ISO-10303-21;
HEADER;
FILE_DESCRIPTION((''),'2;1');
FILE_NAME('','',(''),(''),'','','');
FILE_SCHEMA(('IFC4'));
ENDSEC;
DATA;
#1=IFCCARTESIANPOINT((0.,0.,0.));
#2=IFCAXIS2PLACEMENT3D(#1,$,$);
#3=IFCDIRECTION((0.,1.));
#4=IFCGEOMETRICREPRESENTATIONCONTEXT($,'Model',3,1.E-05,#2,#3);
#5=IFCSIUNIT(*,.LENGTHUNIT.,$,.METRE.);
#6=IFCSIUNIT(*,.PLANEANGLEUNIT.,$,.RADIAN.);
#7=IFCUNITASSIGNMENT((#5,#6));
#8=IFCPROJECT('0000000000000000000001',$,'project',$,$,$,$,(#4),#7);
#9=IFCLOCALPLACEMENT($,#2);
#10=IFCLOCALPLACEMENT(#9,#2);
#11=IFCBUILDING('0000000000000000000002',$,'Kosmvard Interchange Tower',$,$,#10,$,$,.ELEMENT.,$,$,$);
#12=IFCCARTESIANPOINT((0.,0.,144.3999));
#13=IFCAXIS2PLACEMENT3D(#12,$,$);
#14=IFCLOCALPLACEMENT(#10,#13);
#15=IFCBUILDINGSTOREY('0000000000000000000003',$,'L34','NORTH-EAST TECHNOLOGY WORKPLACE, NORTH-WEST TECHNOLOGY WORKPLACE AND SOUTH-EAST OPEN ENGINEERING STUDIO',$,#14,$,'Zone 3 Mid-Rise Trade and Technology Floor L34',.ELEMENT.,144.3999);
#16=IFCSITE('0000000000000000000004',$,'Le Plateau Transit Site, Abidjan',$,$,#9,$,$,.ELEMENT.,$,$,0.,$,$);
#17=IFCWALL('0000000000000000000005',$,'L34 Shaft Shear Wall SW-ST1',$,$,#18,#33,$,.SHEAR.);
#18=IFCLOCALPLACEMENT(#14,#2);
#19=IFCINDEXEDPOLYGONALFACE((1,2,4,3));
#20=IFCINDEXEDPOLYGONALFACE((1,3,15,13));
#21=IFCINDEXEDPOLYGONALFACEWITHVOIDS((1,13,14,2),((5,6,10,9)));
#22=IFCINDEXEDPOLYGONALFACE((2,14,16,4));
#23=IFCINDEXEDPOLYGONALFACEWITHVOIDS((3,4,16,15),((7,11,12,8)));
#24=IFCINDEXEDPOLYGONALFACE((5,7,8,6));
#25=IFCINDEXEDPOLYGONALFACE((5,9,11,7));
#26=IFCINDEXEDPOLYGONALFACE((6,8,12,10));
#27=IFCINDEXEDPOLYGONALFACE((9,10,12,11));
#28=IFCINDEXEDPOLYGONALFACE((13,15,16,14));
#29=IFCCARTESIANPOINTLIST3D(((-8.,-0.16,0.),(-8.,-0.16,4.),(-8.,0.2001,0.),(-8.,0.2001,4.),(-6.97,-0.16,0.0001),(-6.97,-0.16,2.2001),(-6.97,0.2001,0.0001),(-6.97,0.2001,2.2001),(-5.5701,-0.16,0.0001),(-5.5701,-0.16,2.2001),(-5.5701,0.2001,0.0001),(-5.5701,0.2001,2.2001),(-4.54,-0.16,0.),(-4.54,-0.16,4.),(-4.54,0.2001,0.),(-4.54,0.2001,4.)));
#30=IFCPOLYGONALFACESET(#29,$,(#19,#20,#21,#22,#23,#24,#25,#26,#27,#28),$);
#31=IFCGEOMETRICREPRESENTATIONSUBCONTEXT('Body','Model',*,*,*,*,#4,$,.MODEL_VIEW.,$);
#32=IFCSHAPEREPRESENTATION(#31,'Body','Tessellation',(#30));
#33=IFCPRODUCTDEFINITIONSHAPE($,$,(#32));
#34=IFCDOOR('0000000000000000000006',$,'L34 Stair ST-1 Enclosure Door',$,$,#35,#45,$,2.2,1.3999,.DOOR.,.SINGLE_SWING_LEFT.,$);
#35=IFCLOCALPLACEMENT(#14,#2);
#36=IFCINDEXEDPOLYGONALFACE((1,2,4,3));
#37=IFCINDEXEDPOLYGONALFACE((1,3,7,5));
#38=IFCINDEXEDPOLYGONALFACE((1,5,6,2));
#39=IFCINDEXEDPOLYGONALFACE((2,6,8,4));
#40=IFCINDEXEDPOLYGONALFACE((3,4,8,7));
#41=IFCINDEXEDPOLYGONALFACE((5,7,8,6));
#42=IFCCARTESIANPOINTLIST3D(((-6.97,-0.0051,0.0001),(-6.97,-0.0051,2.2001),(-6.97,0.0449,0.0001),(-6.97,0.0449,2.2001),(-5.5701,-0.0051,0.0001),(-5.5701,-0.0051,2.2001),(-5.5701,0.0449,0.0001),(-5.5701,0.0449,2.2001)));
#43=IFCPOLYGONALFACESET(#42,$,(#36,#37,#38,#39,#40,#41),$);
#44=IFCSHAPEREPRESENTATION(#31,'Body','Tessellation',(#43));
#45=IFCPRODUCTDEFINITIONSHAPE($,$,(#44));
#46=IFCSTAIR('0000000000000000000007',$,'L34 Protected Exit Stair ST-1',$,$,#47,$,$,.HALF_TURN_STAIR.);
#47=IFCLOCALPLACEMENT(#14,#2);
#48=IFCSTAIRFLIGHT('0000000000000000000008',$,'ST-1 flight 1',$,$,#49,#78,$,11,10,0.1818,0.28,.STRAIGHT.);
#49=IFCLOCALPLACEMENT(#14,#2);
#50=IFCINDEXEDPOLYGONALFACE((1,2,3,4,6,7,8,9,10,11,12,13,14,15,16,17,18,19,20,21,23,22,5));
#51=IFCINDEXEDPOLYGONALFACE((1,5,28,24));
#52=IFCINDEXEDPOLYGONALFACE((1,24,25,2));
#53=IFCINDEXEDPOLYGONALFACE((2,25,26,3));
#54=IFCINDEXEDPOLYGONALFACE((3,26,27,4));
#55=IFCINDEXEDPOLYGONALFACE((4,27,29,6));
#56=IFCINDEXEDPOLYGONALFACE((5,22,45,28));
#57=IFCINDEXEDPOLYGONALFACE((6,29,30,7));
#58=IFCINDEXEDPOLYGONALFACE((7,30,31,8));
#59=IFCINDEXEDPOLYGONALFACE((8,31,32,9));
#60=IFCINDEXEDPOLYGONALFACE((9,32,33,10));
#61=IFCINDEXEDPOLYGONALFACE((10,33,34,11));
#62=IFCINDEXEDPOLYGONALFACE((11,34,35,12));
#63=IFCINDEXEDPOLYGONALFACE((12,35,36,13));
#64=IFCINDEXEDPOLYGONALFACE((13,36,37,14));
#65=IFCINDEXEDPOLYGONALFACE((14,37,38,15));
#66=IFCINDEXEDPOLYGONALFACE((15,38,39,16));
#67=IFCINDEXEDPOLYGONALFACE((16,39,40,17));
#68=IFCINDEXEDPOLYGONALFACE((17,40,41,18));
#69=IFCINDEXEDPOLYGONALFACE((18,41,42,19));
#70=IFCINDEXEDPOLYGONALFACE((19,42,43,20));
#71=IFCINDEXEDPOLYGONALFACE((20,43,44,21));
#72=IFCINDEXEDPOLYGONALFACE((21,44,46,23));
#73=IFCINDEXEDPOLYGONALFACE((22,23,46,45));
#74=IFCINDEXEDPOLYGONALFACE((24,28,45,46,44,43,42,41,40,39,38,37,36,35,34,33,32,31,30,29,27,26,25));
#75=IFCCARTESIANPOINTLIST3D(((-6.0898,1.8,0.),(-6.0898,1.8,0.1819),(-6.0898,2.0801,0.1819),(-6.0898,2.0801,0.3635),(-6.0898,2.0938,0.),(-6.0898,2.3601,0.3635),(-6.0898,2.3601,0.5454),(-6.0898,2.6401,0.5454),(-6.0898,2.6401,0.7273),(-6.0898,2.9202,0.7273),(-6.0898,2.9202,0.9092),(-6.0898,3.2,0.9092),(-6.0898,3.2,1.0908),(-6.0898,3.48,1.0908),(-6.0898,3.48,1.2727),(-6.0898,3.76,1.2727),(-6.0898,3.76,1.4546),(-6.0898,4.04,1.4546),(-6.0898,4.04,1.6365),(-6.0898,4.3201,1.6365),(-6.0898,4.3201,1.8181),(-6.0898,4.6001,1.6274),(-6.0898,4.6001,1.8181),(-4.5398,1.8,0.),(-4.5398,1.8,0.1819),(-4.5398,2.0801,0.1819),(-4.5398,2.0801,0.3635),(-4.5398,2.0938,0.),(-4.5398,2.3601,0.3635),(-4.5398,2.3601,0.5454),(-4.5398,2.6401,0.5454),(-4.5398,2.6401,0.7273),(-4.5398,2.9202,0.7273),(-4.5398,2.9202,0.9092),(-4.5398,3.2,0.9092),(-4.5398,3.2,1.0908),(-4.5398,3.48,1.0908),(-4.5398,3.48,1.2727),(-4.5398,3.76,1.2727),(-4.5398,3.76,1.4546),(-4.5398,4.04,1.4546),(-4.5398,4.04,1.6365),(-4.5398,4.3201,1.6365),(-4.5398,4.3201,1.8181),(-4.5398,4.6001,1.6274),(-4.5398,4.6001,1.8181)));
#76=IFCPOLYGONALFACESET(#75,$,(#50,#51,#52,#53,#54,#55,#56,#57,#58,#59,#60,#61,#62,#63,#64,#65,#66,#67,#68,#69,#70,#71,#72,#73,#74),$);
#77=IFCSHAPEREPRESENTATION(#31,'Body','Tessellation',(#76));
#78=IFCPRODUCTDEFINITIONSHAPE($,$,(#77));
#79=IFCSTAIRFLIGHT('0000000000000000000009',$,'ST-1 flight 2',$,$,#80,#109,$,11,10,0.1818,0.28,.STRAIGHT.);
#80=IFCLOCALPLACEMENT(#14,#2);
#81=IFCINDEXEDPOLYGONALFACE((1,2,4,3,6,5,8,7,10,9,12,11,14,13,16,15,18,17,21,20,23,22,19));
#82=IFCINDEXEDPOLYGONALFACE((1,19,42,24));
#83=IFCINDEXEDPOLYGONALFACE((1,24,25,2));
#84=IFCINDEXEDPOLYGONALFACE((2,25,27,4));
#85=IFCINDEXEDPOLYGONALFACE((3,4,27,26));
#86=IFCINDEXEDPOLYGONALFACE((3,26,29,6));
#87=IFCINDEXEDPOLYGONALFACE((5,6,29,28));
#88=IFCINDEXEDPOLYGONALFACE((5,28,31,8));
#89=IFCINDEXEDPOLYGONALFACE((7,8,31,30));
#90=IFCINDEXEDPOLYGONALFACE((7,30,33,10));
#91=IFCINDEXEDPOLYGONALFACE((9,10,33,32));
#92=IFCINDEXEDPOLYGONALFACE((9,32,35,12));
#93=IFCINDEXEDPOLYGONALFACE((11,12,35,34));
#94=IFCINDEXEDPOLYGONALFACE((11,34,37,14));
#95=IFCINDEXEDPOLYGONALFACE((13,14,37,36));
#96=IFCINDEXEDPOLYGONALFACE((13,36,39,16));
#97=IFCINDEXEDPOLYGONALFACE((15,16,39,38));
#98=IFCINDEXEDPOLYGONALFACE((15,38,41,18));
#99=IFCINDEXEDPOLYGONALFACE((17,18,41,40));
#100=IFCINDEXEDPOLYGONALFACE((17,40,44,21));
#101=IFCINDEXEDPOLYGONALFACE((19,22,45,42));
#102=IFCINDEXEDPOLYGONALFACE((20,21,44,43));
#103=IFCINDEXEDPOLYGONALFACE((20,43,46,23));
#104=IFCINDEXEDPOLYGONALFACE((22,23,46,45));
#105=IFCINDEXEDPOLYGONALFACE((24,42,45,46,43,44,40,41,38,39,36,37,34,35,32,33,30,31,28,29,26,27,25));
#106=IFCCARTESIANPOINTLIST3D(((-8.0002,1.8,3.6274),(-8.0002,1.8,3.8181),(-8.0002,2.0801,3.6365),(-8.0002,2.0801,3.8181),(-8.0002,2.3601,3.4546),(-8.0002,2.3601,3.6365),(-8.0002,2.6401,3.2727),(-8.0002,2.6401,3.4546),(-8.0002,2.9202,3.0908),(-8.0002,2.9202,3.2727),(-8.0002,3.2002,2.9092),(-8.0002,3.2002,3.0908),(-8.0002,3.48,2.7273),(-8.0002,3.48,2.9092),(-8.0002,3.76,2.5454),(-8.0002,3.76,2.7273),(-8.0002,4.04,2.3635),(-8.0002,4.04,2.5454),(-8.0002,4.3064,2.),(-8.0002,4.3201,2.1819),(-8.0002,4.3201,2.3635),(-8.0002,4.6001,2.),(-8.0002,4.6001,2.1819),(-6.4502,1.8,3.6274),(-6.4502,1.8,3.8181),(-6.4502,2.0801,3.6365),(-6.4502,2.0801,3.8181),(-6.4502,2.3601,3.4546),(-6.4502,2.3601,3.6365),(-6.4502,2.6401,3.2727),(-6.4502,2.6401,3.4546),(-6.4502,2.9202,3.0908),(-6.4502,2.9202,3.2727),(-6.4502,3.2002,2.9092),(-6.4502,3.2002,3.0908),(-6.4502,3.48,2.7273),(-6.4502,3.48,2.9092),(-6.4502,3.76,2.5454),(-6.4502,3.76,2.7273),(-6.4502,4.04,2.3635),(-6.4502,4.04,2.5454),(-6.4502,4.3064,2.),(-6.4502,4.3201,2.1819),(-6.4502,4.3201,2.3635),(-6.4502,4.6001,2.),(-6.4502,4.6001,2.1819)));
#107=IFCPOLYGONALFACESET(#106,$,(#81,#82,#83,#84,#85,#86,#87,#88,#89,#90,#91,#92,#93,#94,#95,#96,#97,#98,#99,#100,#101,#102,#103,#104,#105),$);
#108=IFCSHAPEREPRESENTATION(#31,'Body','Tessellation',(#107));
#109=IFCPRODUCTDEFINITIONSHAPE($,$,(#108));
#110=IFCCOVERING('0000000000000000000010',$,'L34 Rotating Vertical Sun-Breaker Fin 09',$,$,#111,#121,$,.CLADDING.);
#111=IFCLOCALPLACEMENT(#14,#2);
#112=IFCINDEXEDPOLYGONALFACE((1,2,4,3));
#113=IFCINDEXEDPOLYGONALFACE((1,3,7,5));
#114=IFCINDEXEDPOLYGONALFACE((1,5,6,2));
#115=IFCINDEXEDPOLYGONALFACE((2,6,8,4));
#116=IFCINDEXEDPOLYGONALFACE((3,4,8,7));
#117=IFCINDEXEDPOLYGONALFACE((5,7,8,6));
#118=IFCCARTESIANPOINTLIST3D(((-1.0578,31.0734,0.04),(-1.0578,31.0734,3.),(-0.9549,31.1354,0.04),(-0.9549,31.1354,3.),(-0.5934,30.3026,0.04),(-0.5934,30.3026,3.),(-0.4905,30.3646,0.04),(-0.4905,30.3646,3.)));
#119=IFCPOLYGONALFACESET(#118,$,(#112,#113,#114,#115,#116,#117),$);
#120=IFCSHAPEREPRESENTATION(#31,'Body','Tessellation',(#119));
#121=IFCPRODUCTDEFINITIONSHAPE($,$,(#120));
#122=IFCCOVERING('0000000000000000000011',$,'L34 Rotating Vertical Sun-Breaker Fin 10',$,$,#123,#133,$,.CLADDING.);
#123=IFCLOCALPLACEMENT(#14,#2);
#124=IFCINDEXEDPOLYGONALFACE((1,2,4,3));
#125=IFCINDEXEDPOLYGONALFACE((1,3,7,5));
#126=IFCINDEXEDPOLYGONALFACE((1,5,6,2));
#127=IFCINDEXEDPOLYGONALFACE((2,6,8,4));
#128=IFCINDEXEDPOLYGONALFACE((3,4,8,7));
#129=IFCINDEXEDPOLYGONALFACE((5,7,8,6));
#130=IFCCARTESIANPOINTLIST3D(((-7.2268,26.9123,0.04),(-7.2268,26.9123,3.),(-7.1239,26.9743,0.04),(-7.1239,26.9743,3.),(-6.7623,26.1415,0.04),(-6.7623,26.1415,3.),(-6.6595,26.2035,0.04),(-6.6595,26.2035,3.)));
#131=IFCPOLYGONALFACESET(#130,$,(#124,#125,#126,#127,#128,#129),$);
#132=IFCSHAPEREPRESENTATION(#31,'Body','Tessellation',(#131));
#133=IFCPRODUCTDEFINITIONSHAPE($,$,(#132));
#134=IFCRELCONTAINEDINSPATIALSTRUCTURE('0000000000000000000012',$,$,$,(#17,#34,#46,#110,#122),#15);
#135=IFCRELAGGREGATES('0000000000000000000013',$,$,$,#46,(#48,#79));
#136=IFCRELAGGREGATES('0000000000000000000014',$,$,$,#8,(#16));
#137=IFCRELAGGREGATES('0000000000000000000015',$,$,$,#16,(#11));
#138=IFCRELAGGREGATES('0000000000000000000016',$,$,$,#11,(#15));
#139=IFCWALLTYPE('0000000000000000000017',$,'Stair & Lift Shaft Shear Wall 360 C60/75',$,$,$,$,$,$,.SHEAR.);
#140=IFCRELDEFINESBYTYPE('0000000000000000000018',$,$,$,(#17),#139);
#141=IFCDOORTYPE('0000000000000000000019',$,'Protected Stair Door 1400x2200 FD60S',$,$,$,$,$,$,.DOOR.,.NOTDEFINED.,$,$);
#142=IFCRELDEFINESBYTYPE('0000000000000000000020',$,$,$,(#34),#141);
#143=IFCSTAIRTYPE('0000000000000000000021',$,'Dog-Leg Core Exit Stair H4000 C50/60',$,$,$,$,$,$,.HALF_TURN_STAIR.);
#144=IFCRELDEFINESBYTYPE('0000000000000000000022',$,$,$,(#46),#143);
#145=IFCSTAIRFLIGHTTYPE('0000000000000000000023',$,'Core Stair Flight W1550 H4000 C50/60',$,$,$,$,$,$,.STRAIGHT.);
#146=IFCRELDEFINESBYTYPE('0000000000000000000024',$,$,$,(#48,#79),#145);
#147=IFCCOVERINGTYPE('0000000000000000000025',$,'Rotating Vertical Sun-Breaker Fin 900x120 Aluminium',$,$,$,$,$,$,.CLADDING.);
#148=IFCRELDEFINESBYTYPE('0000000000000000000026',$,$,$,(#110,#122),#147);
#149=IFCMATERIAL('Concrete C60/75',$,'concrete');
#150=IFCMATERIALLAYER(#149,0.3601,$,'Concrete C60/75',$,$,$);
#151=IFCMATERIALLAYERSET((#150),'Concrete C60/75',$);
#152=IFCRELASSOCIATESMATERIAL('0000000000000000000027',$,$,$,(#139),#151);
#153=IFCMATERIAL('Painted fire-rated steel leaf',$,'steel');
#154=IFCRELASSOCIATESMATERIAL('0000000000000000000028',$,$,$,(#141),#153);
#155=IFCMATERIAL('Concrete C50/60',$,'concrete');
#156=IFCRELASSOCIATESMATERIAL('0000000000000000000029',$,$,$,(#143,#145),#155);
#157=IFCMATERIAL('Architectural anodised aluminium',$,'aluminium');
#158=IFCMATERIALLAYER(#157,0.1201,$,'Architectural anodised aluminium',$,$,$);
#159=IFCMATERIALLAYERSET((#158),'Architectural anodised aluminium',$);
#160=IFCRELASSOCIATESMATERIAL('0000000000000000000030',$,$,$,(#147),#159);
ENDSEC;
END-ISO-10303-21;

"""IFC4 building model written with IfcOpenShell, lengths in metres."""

from ifc_helpers import new_model, si_unit, direction, frame, frame_2d, origin, origin_2d, place, context, subcontext, project, spatial, polyline, rectangle, outline, extrude, source, transform, mapped, material, layer, layer_set, type_object, element, fill, aggregate, save


model = new_model("IFC4")

# Units and contexts
model_context = context("Model", 3, precision=1e-05, world=origin(), true_north=direction((0.0, 1.0)))
body_context = subcontext(model_context, "Body", "Model", "MODEL_VIEW")
ifc_project = project(units=[si_unit("LENGTHUNIT", "METRE"), si_unit("PLANEANGLEUNIT", "RADIAN")], contexts=[model_context])

# Site, building, storey
site_placement = place(None, origin())
site = spatial("IfcSite", under=ifc_project, at=site_placement, Name="Le Plateau Transit Site, Abidjan", CompositionType="ELEMENT", RefElevation=0.0)
building_placement = place(site_placement, origin())
building = spatial("IfcBuilding", under=site, at=building_placement, Name="Kosmvard Interchange Tower", CompositionType="ELEMENT")
storey_placement = place(building_placement, frame((0.0, 0.0, 144.3999)))
storey = spatial("IfcBuildingStorey", under=building, at=storey_placement, Name="L34", Description="NORTH-EAST TECHNOLOGY WORKPLACE, NORTH-WEST TECHNOLOGY WORKPLACE AND SOUTH-EAST OPEN ENGINEERING STUDIO", LongName="Zone 3 Mid-Rise Trade and Technology Floor L34", CompositionType="ELEMENT", Elevation=144.3999)

# Shared definitions
ifc_material_1 = material(Name="Concrete C60/75", Category="concrete")

# Shared definitions
ifc_material_2 = material(Name="Concrete C50/60", Category="concrete")

# Wall, opening, door
ifc_layer_1 = layer(ifc_material_1, 0.3601, Name="Concrete C60/75")
ifc_layer_set_1 = layer_set([ifc_layer_1], Name="Concrete C60/75")
wall_type_1 = type_object("IfcWallType", Name="Stair & Lift Shaft Shear Wall 360 C60/75", PredefinedType="SHEAR", material=ifc_layer_set_1)
wall_1_placement = place(storey_placement, frame((-8.0, 0.02, 0.0), z_axis=(0.0, 0.0, 1.0), x_axis=(1.0, 0.0, 0.0)))
wall_1 = element("IfcWall", 1, at=wall_1_placement, inside=storey, type_object=wall_type_1, Name="L34 Shaft Shear Wall SW-ST1", PredefinedType="SHEAR", context=body_context, shape_type="SweptSolid", body=[
    extrude(rectangle(XDim=3.46, YDim=0.3601, at=frame_2d((1.73, 0.0))), origin(), (0.0, 0.0, 1.0), 4.0),
])
opening_1_placement = place(wall_1_placement, frame((1.03, 0.0, 0.0)))
opening_1 = element("IfcOpeningElement", 2, at=opening_1_placement, cuts=wall_1, PredefinedType="OPENING", context=body_context, shape_type="SweptSolid", body=[
    extrude(rectangle(XDim=1.3999, YDim=2.2, at=frame_2d((0.7, 1.1001))), frame((0.0, 0.1899, 0.0), z_axis=(0.0, -1.0, 0.0), x_axis=(1.0, 0.0, 0.0)), (0.0, 0.0, 1.0), 0.3801),
])
ifc_material_3 = material(Name="Painted fire-rated steel leaf", Category="steel")
door_type_1 = type_object("IfcDoorType", Name="Protected Stair Door 1400x2200 FD60S", OperationType="NOTDEFINED", PredefinedType="DOOR", material=ifc_material_3)
shared_shape_1 = source(origin(), body_context, "Body", "SweptSolid", [
    extrude(rectangle(XDim=1.3999, YDim=2.2, at=frame_2d((0.7, 1.1001))), frame((0.0, 0.0249, 0.0), z_axis=(0.0, -1.0, 0.0), x_axis=(1.0, 0.0, 0.0)), (0.0, 0.0, 1.0), 0.05),
])
door_1_placement = place(opening_1_placement, origin())
door_1 = element("IfcDoor", 3, at=door_1_placement, inside=storey, type_object=door_type_1, Name="L34 Stair ST-1 Enclosure Door", OperationType="SINGLE_SWING_LEFT", OverallHeight=2.2, OverallWidth=1.3999, PredefinedType="DOOR", context=body_context, shape_type="MappedRepresentation", body=[
    mapped(shared_shape_1, transform((0.0, 0.0, 0.0), scale=1.0)),
])
fill(opening_1, door_1)

# Stair, stair flights
stair_type = type_object("IfcStairType", Name="Dog-Leg Core Exit Stair H4000 C50/60", PredefinedType="HALF_TURN_STAIR", material=ifc_material_2)
stair_placement = place(storey_placement, origin())
stair = element("IfcStair", 4, at=stair_placement, inside=storey, type_object=stair_type, Name="L34 Protected Exit Stair ST-1", PredefinedType="HALF_TURN_STAIR")
stair_flight_type = type_object("IfcStairFlightType", Name="Core Stair Flight W1550 H4000 C50/60", PredefinedType="STRAIGHT", material=ifc_material_2)
shared_shape_2 = source(origin(), body_context, "Body", "SweptSolid", [
    extrude(outline(polyline([(0.0, 0.0), (0.0, 0.1819), (0.28, 0.1819), (0.28, 0.3635), (0.5601, 0.3635), (0.5601, 0.5454), (0.8401, 0.5454), (0.8401, 0.7273), (1.1201, 0.7273), (1.1201, 0.9092), (1.3999, 0.9092), (1.3999, 1.0908), (1.6799, 1.0908), (1.6799, 1.2727), (1.96, 1.2727), (1.96, 1.4546), (2.24, 1.4546), (2.24, 1.6365), (2.52, 1.6365), (2.52, 1.8181), (2.8, 1.8181), (2.8, 2.0), (2.8, 1.6274), (0.2937, 0.0), (0.0, 0.0)])), frame((0.0, 0.7749, 0.0), z_axis=(0.0, -1.0, 0.0), x_axis=(1.0, 0.0, 0.0)), (0.0, 0.0, 1.0), 1.55),
])
stair_flight_1_placement = place(storey_placement, frame((-5.3149, 1.8, 0.0), z_axis=(0.0, 0.0, 1.0), x_axis=(0.0, 1.0, 0.0)))
stair_flight_1 = element("IfcStairFlight", 5, at=stair_flight_1_placement, type_object=stair_flight_type, Name="ST-1 flight 1", NumberOfRisers=11, NumberOfTreads=10, PredefinedType="STRAIGHT", RiserHeight=0.1818, TreadLength=0.28, context=body_context, shape_type="MappedRepresentation", body=[
    mapped(shared_shape_2, transform((0.0, 0.0, 0.0), scale=1.0)),
])
stair_flight_2_placement = place(storey_placement, frame((-7.2251, 4.6001, 2.0), z_axis=(0.0, 0.0, 1.0), x_axis=(0.0, -1.0, 0.0)))
stair_flight_2 = element("IfcStairFlight", 6, at=stair_flight_2_placement, type_object=stair_flight_type, Name="ST-1 flight 2", NumberOfRisers=11, NumberOfTreads=10, PredefinedType="STRAIGHT", RiserHeight=0.1818, TreadLength=0.28, context=body_context, shape_type="MappedRepresentation", body=[
    mapped(shared_shape_2, transform((0.0, 0.0, 0.0), scale=1.0)),
])
aggregate(stair, [stair_flight_1, stair_flight_2])

# Coverings
ifc_material_4 = material(Name="Architectural anodised aluminium", Category="aluminium")
ifc_layer_2 = layer(ifc_material_4, 0.1201, Name="Architectural anodised aluminium")
ifc_layer_set_2 = layer_set([ifc_layer_2], Name="Architectural anodised aluminium")
covering_type = type_object("IfcCoveringType", Name="Rotating Vertical Sun-Breaker Fin 900x120 Aluminium", PredefinedType="CLADDING", material=ifc_layer_set_2)
shared_shape_3 = source(origin(), body_context, "Body", "SweptSolid", [
    extrude(rectangle(XDim=0.8999, YDim=0.1201, at=origin_2d()), origin(), (0.0, 0.0, 1.0), 2.96),
])
for number, where, z_axis, x_axis, name in (
    (7, (-0.7742, 30.719, 0.04), (0.0, 0.0, 1.0), (-0.516085, 0.856537, 0.0), "L34 Rotating Vertical Sun-Breaker Fin 09"),
    (8, (-6.9431, 26.5579, 0.04), (0.0, 0.0, 1.0), (-0.516085, 0.856537, 0.0), "L34 Rotating Vertical Sun-Breaker Fin 10"),
):
    element("IfcCovering", number, at=place(storey_placement, frame(where, z_axis=z_axis, x_axis=x_axis)), inside=storey, type_object=covering_type, Name=name, PredefinedType="CLADDING", context=body_context, shape_type="MappedRepresentation", body=[
        mapped(shared_shape_3, transform((0.0, 0.0, 0.0), scale=1.0)),
    ])

save(model, "model.ifc")
